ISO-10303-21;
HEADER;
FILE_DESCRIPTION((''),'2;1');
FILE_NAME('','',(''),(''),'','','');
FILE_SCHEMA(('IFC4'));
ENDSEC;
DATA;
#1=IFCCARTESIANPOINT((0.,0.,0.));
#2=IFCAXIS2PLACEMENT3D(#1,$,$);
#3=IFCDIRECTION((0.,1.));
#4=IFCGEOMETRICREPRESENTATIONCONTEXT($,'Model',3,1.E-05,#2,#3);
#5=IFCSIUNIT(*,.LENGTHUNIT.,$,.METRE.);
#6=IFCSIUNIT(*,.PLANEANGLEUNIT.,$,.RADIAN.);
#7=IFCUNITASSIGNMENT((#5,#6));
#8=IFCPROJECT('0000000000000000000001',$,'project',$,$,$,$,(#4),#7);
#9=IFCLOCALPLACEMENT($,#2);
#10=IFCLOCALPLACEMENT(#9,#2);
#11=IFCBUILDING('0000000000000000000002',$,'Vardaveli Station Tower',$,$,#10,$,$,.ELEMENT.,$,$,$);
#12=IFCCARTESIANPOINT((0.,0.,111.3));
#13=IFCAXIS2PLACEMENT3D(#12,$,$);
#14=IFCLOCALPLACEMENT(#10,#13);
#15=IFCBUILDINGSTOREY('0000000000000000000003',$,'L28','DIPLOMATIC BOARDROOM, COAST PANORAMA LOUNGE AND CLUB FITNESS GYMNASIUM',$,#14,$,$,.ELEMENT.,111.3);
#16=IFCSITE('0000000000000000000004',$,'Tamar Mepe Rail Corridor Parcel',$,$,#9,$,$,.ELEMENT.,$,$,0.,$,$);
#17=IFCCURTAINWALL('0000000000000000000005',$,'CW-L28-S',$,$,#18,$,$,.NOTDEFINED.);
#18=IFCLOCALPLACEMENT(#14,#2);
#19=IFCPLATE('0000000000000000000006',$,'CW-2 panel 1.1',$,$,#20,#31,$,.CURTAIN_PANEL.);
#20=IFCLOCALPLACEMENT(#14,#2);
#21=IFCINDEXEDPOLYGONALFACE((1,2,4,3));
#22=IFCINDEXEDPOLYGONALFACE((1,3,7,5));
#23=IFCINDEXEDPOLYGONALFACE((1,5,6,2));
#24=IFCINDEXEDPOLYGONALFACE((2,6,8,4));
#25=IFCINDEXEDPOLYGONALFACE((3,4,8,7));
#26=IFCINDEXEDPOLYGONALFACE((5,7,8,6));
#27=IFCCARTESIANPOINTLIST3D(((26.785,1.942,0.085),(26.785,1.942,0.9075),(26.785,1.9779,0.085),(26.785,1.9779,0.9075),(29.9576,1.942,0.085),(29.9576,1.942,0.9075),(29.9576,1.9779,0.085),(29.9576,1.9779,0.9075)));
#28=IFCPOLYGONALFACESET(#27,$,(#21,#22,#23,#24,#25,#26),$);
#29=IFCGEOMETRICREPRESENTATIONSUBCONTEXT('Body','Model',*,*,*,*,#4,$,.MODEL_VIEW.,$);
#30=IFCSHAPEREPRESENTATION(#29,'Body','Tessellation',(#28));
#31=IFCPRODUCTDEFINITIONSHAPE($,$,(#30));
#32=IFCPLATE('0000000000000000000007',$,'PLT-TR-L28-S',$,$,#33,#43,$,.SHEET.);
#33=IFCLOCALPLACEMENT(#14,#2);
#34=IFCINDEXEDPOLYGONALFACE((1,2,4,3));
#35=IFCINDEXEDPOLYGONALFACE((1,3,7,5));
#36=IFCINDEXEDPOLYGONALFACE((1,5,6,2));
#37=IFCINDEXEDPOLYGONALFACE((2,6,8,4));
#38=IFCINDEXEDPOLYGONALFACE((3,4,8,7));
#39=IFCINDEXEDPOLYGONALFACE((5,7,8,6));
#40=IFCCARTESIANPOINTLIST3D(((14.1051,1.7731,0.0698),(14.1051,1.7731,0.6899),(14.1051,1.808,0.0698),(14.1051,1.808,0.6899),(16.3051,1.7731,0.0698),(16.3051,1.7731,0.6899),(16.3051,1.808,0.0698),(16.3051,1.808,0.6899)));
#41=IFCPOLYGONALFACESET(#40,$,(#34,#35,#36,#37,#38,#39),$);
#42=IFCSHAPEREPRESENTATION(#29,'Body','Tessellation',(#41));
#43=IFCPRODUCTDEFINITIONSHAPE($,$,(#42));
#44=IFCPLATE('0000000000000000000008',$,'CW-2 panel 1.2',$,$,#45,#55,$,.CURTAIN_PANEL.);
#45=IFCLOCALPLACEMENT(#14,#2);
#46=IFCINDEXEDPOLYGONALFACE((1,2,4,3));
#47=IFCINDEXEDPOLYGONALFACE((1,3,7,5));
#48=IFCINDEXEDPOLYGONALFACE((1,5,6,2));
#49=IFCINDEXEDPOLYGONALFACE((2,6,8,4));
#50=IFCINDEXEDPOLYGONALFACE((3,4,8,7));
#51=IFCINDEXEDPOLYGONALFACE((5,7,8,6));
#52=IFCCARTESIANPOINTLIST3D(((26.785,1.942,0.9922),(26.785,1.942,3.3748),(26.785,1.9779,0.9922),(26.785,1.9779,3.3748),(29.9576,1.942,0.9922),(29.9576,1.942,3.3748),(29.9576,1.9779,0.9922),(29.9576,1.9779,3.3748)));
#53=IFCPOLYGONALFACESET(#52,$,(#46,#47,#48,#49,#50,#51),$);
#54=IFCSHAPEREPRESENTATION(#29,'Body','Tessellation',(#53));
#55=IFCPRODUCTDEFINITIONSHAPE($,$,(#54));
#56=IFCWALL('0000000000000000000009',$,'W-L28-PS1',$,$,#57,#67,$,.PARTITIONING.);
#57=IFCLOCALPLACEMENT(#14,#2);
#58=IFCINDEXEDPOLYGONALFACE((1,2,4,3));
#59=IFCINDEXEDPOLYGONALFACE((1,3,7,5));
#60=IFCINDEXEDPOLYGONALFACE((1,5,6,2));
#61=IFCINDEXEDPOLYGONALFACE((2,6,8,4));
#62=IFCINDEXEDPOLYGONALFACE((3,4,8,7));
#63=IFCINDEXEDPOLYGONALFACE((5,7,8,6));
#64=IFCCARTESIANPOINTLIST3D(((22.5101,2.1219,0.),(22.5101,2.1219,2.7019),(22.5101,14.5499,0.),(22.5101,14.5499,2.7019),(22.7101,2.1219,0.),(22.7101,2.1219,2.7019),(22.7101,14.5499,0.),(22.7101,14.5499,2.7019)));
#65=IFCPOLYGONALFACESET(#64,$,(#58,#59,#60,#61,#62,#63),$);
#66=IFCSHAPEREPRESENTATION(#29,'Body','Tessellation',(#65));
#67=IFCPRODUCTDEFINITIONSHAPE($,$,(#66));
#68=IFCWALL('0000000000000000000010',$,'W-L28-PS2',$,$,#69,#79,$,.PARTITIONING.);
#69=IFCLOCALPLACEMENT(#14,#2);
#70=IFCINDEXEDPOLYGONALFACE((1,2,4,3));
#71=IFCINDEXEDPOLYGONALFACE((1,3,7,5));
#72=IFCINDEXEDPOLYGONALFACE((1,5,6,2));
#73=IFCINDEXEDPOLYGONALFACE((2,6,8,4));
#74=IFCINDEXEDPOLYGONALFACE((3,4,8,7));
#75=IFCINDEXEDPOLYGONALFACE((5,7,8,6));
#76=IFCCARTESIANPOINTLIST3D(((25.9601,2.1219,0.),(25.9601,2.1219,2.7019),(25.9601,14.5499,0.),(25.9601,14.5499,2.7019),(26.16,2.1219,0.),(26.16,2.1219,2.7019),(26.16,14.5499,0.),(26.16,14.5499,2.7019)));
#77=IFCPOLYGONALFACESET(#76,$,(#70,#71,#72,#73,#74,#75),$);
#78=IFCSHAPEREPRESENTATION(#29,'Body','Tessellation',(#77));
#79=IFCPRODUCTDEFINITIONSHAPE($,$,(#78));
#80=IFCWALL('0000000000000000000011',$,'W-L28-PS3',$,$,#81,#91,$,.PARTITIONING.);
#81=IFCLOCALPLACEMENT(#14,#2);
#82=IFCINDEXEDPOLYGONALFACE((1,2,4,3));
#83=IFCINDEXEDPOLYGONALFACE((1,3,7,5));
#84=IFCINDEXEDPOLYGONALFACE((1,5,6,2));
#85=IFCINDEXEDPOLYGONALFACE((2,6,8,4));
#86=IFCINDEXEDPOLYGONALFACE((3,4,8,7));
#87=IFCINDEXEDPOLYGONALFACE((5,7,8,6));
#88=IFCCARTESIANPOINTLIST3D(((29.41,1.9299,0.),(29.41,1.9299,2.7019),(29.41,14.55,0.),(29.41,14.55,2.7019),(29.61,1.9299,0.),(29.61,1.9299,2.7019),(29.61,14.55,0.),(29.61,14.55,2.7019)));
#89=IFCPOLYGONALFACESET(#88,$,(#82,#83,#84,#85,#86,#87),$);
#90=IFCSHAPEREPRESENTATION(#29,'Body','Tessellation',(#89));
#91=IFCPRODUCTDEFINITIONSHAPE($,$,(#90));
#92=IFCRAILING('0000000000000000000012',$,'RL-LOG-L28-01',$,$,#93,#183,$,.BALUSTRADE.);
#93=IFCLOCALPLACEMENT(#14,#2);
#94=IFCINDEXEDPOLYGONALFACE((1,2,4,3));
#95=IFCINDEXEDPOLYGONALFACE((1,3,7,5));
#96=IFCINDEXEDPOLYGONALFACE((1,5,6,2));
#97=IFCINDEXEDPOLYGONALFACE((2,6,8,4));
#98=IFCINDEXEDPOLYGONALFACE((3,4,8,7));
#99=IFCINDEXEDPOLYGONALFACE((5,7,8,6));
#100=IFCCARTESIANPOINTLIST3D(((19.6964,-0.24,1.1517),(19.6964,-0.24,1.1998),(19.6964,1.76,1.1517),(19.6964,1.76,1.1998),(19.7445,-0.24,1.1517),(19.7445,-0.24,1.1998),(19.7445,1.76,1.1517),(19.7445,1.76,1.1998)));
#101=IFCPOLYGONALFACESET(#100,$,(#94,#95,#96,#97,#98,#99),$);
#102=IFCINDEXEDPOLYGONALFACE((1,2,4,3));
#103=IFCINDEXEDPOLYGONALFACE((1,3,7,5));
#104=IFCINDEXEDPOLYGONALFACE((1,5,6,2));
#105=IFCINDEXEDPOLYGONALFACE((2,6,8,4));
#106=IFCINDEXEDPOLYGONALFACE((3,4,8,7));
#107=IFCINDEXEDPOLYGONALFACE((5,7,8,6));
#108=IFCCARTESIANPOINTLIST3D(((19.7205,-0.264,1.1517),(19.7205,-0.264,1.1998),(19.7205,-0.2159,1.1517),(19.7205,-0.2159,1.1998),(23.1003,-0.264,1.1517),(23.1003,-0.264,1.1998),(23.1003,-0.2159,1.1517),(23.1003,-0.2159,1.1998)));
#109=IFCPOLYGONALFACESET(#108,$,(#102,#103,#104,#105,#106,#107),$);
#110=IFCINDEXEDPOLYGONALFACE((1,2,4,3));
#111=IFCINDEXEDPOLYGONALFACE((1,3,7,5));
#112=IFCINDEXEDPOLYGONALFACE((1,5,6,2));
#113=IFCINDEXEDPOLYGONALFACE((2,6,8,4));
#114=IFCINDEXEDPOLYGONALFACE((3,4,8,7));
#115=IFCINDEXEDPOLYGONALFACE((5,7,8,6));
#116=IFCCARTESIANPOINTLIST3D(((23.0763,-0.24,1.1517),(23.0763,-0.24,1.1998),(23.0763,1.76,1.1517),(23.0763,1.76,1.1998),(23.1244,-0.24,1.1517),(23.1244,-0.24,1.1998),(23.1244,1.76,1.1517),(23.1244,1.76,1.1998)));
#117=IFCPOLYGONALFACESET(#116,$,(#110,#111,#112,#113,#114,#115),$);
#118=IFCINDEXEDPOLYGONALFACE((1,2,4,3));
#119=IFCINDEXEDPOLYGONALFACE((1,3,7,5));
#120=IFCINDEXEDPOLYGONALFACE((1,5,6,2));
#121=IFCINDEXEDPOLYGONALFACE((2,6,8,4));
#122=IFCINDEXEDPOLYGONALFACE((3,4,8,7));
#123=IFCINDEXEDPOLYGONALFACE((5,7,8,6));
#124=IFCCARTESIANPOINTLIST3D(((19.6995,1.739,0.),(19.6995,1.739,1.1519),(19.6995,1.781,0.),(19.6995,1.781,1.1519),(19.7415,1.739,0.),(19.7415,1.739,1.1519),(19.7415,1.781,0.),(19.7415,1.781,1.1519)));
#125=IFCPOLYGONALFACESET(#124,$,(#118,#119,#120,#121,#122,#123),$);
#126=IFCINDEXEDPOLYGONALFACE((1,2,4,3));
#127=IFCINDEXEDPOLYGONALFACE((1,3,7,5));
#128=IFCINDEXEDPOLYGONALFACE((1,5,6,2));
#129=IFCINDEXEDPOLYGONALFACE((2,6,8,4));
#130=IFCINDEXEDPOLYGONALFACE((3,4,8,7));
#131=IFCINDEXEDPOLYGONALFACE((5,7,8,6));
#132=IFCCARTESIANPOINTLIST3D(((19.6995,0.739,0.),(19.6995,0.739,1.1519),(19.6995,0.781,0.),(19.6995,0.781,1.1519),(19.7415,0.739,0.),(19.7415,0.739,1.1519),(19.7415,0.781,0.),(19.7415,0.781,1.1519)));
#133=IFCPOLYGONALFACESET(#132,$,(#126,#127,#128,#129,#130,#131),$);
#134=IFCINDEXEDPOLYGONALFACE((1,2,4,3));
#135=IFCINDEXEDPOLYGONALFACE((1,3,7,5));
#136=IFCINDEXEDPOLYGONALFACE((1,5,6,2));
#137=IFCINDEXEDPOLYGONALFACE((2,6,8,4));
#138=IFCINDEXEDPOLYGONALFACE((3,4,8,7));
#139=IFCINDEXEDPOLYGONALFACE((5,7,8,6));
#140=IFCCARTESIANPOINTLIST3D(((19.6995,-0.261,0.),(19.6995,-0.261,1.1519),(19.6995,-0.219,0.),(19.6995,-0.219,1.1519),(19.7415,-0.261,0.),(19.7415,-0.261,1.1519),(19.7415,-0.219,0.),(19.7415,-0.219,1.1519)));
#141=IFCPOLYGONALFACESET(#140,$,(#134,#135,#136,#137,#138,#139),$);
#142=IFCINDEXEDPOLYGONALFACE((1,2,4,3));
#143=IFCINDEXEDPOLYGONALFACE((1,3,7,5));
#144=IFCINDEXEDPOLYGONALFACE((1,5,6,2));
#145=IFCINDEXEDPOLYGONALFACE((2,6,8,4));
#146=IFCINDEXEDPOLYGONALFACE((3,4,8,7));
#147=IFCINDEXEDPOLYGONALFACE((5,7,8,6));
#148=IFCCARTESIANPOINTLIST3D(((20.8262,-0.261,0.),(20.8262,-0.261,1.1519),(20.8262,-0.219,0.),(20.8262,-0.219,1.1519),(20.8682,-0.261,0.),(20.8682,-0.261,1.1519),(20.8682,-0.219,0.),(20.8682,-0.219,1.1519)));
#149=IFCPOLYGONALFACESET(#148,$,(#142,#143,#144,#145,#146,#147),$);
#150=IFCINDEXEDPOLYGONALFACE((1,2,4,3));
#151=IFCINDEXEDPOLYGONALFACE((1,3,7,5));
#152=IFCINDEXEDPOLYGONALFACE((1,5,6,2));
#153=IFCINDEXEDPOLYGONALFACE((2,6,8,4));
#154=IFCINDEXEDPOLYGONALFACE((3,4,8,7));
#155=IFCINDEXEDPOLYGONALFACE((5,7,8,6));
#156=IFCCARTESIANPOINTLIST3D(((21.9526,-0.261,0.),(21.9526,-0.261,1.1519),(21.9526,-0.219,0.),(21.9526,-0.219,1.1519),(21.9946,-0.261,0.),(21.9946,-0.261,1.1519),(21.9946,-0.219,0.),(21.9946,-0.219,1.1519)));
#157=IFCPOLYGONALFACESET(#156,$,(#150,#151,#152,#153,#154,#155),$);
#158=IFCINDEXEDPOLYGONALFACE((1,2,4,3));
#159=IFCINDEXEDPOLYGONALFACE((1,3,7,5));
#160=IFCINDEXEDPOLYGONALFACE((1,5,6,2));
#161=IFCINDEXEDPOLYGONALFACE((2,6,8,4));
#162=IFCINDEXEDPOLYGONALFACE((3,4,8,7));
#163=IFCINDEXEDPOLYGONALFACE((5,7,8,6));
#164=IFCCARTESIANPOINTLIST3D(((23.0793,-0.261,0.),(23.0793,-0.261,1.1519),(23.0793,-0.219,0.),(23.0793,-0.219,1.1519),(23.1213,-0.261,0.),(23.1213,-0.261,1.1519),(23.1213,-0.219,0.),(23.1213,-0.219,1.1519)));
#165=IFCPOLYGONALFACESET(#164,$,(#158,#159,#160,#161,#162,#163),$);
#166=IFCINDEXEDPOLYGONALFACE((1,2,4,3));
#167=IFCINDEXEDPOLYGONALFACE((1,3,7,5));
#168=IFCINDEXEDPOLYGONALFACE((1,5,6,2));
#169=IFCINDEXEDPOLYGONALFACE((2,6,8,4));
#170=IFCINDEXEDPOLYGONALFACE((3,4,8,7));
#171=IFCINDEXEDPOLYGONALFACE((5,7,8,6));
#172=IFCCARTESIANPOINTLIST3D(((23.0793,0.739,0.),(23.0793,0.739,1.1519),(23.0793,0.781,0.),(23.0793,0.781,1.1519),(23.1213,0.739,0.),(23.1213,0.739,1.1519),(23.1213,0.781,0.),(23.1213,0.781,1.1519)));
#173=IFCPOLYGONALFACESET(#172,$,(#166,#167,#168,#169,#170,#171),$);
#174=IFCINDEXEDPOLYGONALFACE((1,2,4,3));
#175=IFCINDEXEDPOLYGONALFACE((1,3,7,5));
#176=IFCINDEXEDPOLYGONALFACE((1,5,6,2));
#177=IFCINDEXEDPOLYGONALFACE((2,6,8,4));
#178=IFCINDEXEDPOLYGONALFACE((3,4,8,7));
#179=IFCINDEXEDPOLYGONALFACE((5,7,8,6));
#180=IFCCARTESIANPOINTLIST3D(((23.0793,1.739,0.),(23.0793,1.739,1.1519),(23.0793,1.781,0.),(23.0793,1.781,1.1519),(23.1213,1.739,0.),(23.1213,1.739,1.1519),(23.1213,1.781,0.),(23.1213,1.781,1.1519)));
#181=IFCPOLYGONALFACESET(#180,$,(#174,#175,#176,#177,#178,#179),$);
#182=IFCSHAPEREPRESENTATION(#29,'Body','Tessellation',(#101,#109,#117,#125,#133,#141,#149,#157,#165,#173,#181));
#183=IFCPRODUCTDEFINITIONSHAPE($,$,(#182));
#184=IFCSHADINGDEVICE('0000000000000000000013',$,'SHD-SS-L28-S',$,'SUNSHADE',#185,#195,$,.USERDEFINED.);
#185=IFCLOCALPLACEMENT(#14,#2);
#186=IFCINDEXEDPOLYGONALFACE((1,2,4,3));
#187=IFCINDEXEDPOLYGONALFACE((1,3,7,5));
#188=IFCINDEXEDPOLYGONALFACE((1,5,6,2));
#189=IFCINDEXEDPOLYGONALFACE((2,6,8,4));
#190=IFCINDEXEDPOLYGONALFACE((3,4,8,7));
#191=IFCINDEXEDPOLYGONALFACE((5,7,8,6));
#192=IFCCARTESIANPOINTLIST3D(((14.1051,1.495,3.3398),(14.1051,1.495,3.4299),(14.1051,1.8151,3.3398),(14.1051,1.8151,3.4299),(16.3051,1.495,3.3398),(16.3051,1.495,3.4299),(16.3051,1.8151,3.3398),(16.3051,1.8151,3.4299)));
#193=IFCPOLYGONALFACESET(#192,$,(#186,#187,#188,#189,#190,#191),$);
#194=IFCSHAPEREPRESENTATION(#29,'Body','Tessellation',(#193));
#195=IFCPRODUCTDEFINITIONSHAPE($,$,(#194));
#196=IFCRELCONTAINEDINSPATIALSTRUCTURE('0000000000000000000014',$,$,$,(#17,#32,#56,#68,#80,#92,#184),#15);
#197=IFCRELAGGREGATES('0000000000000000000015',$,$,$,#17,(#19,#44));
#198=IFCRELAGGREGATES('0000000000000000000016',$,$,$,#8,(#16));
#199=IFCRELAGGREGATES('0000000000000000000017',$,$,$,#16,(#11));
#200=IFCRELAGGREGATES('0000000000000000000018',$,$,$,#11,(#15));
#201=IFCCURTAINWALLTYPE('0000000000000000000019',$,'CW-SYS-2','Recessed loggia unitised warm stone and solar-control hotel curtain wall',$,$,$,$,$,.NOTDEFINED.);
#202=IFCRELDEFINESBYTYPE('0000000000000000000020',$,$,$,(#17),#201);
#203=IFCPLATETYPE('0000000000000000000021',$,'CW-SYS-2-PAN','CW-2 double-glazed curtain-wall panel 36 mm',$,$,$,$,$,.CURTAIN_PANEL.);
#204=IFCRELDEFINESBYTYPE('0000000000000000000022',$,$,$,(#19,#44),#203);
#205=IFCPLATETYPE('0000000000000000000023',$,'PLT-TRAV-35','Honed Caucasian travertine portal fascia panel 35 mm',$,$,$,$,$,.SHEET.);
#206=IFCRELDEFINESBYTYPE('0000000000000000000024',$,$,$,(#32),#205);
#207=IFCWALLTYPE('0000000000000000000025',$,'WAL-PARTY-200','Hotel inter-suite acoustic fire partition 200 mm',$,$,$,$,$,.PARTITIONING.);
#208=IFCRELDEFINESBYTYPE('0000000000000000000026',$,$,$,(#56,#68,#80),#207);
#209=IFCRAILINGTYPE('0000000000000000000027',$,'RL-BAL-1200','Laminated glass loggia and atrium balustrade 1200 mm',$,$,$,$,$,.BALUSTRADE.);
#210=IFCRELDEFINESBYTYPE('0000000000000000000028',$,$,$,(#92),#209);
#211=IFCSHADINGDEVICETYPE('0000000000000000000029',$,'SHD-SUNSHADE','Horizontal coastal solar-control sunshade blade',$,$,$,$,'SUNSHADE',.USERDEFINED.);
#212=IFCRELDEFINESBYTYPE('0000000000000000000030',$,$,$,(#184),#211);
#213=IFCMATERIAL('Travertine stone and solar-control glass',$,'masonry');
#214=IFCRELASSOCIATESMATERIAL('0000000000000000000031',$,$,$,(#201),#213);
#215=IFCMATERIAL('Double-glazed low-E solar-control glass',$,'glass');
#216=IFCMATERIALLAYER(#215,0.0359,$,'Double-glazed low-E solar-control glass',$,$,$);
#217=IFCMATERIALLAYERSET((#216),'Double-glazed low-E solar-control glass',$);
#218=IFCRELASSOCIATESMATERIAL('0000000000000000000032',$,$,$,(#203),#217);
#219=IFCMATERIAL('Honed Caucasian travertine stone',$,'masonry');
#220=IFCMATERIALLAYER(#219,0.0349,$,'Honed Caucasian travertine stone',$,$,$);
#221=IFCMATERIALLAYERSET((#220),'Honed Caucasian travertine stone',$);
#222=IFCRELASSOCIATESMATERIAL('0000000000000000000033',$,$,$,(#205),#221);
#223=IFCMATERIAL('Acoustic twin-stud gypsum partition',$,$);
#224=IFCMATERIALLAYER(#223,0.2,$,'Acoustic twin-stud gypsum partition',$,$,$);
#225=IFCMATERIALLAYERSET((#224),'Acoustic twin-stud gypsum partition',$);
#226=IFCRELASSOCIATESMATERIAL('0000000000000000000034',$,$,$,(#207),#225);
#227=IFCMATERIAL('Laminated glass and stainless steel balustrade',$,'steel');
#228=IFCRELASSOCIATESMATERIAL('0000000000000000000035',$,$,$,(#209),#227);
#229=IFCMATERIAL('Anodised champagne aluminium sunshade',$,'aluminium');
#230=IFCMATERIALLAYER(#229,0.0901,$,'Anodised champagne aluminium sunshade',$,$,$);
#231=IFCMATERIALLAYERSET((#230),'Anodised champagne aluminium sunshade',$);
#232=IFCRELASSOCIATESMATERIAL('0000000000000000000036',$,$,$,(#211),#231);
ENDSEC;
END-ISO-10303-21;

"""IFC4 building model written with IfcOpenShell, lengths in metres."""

from ifc_helpers import new_model, si_unit, direction, frame, frame_2d, origin, origin_2d, place, context, subcontext, project, spatial, rectangle, extrude, source, transform, mapped, material, layer, layer_set, type_object, element, aggregate, save


model = new_model("IFC4")

# Units and contexts
model_context = context("Model", 3, precision=1e-05, world=origin(), true_north=direction((0.0, 1.0)))
body_context = subcontext(model_context, "Body", "Model", "MODEL_VIEW")
ifc_project = project(units=[si_unit("LENGTHUNIT", "METRE"), si_unit("PLANEANGLEUNIT", "RADIAN")], contexts=[model_context])

# Site, building, storey
site_placement = place(None, origin())
site = spatial("IfcSite", under=ifc_project, at=site_placement, Name="Tamar Mepe Rail Corridor Parcel", CompositionType="ELEMENT", RefElevation=0.0)
building_placement = place(site_placement, origin())
building = spatial("IfcBuilding", under=site, at=building_placement, Name="Vardaveli Station Tower", CompositionType="ELEMENT")
storey_placement = place(building_placement, frame((0.0, 0.0, 111.3)))
storey = spatial("IfcBuildingStorey", under=building, at=storey_placement, Name="L28", Description="DIPLOMATIC BOARDROOM, COAST PANORAMA LOUNGE AND CLUB FITNESS GYMNASIUM", CompositionType="ELEMENT", Elevation=111.3)

# Curtain wall, plate
ifc_material_1 = material(Name="Travertine stone and solar-control glass", Category="masonry")
curtain_wall_type = type_object("IfcCurtainWallType", Name="CW-SYS-2", Description="Recessed loggia unitised warm stone and solar-control hotel curtain wall", PredefinedType="NOTDEFINED", material=ifc_material_1)
curtain_wall_placement = place(storey_placement, origin())
curtain_wall = element("IfcCurtainWall", 1, at=curtain_wall_placement, inside=storey, type_object=curtain_wall_type, Name="CW-L28-S", PredefinedType="NOTDEFINED")
ifc_material_2 = material(Name="Double-glazed low-E solar-control glass", Category="glass")
ifc_layer_1 = layer(ifc_material_2, 0.0359, Name="Double-glazed low-E solar-control glass")
ifc_layer_set_1 = layer_set([ifc_layer_1], Name="Double-glazed low-E solar-control glass")
plate_type_1 = type_object("IfcPlateType", Name="CW-SYS-2-PAN", Description="CW-2 double-glazed curtain-wall panel 36 mm", PredefinedType="CURTAIN_PANEL", material=ifc_layer_set_1)
shared_shape_1 = source(origin(), body_context, "Body", "SweptSolid", [
    extrude(rectangle(XDim=3.1726, YDim=0.0359, at=origin_2d()), origin(), (0.0, 0.0, 1.0), 0.8225),
])
plate_1_placement = place(storey_placement, frame((28.3713, 1.96, 0.085), z_axis=(0.0, 0.0, 1.0), x_axis=(1.0, 0.0, 0.0)))
plate_1 = element("IfcPlate", 2, at=plate_1_placement, type_object=plate_type_1, Name="CW-2 panel 1.1", PredefinedType="CURTAIN_PANEL", context=body_context, shape_type="MappedRepresentation", body=[
    mapped(shared_shape_1, transform((0.0, 0.0, 0.0), scale=1.0)),
])

# Plates
ifc_material_3 = material(Name="Honed Caucasian travertine stone", Category="masonry")
ifc_layer_2 = layer(ifc_material_3, 0.0349, Name="Honed Caucasian travertine stone")
ifc_layer_set_2 = layer_set([ifc_layer_2], Name="Honed Caucasian travertine stone")
plate_type_2 = type_object("IfcPlateType", Name="PLT-TRAV-35", Description="Honed Caucasian travertine portal fascia panel 35 mm", PredefinedType="SHEET", material=ifc_layer_set_2)
shared_shape_2 = source(origin(), body_context, "Body", "SweptSolid", [
    extrude(rectangle(XDim=2.2, YDim=0.0349, at=origin_2d()), origin(), (0.0, 0.0, 1.0), 0.6201),
])
plate_2_placement = place(storey_placement, frame((15.2051, 1.7905, 0.0698), z_axis=(0.0, 0.0, 1.0), x_axis=(1.0, 0.0, 0.0)))
element("IfcPlate", 3, at=plate_2_placement, inside=storey, type_object=plate_type_2, Name="PLT-TR-L28-S", PredefinedType="SHEET", context=body_context, shape_type="MappedRepresentation", body=[
    mapped(shared_shape_2, transform((0.0, 0.0, 0.0), scale=1.0)),
])
shared_shape_3 = source(origin(), body_context, "Body", "SweptSolid", [
    extrude(rectangle(XDim=3.1726, YDim=0.0359, at=origin_2d()), origin(), (0.0, 0.0, 1.0), 2.3826),
])
plate_3_placement = place(storey_placement, frame((28.3713, 1.96, 0.9922), z_axis=(0.0, 0.0, 1.0), x_axis=(1.0, 0.0, 0.0)))
plate_3 = element("IfcPlate", 4, at=plate_3_placement, type_object=plate_type_1, Name="CW-2 panel 1.2", PredefinedType="CURTAIN_PANEL", context=body_context, shape_type="MappedRepresentation", body=[
    mapped(shared_shape_3, transform((0.0, 0.0, 0.0), scale=1.0)),
])
aggregate(curtain_wall, [plate_1, plate_3])

# Walls
ifc_material_4 = material(Name="Acoustic twin-stud gypsum partition")
ifc_layer_3 = layer(ifc_material_4, 0.2, Name="Acoustic twin-stud gypsum partition")
ifc_layer_set_3 = layer_set([ifc_layer_3], Name="Acoustic twin-stud gypsum partition")
wall_type = type_object("IfcWallType", Name="WAL-PARTY-200", Description="Hotel inter-suite acoustic fire partition 200 mm", PredefinedType="PARTITIONING", material=ifc_layer_set_3)
shared_shape_4 = source(origin(), body_context, "Body", "SweptSolid", [
    extrude(rectangle(XDim=12.428, YDim=0.2, at=frame_2d((6.2139, 0.0))), origin(), (0.0, 0.0, 1.0), 2.7019),
])
for number, where, z_axis, x_axis, name in (
    (5, (22.6101, 2.1221, 0.0), (0.0, 0.0, 1.0), (0.0, 1.0, 0.0), "W-L28-PS1"),
    (6, (26.0601, 2.1221, 0.0), (0.0, 0.0, 1.0), (0.0, 1.0, 0.0), "W-L28-PS2"),
):
    element("IfcWall", number, at=place(storey_placement, frame(where, z_axis=z_axis, x_axis=x_axis)), inside=storey, type_object=wall_type, Name=name, PredefinedType="PARTITIONING", context=body_context, shape_type="MappedRepresentation", body=[
        mapped(shared_shape_4, transform((0.0, 0.0, 0.0), scale=1.0)),
    ])
shared_shape_5 = source(origin(), body_context, "Body", "SweptSolid", [
    extrude(rectangle(XDim=12.6201, YDim=0.2, at=frame_2d((6.3101, 0.0))), origin(), (0.0, 0.0, 1.0), 2.7019),
])
wall_placement = place(storey_placement, frame((29.51, 1.9299, 0.0), z_axis=(0.0, 0.0, 1.0), x_axis=(0.0, 1.0, 0.0)))
element("IfcWall", 7, at=wall_placement, inside=storey, type_object=wall_type, Name="W-L28-PS3", PredefinedType="PARTITIONING", context=body_context, shape_type="MappedRepresentation", body=[
    mapped(shared_shape_5, transform((0.0, 0.0, 0.0), scale=1.0)),
])

# Railing
ifc_material_5 = material(Name="Laminated glass and stainless steel balustrade", Category="steel")
railing_type = type_object("IfcRailingType", Name="RL-BAL-1200", Description="Laminated glass loggia and atrium balustrade 1200 mm", PredefinedType="BALUSTRADE", material=ifc_material_5)
shared_shape_6 = source(origin(), body_context, "Body", "SweptSolid", [
    extrude(rectangle(XDim=0.0481, YDim=0.0481, at=origin_2d()), frame((0.0, 0.0, 1.1758), z_axis=(0.0, -1.0, 0.0), x_axis=(1.0, 0.0, 0.0)), (0.0, 0.0, 1.0), 2.0),
    extrude(rectangle(XDim=0.0481, YDim=0.0481, at=origin_2d()), frame((0.0, -2.0, 1.1758), z_axis=(1.0, 0.0, 0.0), x_axis=(0.0, 1.0, 0.0)), (0.0, 0.0, 1.0), 3.3799),
    extrude(rectangle(XDim=0.0481, YDim=0.0481, at=origin_2d()), frame((3.3799, -2.0, 1.1758), z_axis=(0.0, 1.0, 0.0), x_axis=(-1.0, 0.0, 0.0)), (0.0, 0.0, 1.0), 2.0),
    extrude(rectangle(XDim=0.042, YDim=0.042, at=origin_2d()), origin(), (0.0, 0.0, 1.0), 1.1519),
    extrude(rectangle(XDim=0.042, YDim=0.042, at=origin_2d()), frame((0.0, -1.0, 0.0)), (0.0, 0.0, 1.0), 1.1519),
    extrude(rectangle(XDim=0.042, YDim=0.042, at=origin_2d()), frame((0.0, -2.0, 0.0)), (0.0, 0.0, 1.0), 1.1519),
    extrude(rectangle(XDim=0.042, YDim=0.042, at=origin_2d()), frame((1.1267, -2.0, 0.0)), (0.0, 0.0, 1.0), 1.1519),
    extrude(rectangle(XDim=0.042, YDim=0.042, at=origin_2d()), frame((2.2532, -2.0, 0.0)), (0.0, 0.0, 1.0), 1.1519),
    extrude(rectangle(XDim=0.042, YDim=0.042, at=origin_2d()), frame((3.3799, -2.0, 0.0)), (0.0, 0.0, 1.0), 1.1519),
    extrude(rectangle(XDim=0.042, YDim=0.042, at=origin_2d()), frame((3.3799, -1.0, 0.0)), (0.0, 0.0, 1.0), 1.1519),
    extrude(rectangle(XDim=0.042, YDim=0.042, at=origin_2d()), frame((3.3799, 0.0, 0.0)), (0.0, 0.0, 1.0), 1.1519),
])
railing_placement = place(storey_placement, frame((19.7205, 1.76, 0.0)))
element("IfcRailing", 8, at=railing_placement, inside=storey, type_object=railing_type, Name="RL-LOG-L28-01", PredefinedType="BALUSTRADE", context=body_context, shape_type="MappedRepresentation", body=[
    mapped(shared_shape_6, transform((0.0, 0.0, 0.0), scale=1.0)),
])

# Shading device
ifc_material_6 = material(Name="Anodised champagne aluminium sunshade", Category="aluminium")
ifc_layer_4 = layer(ifc_material_6, 0.0901, Name="Anodised champagne aluminium sunshade")
ifc_layer_set_4 = layer_set([ifc_layer_4], Name="Anodised champagne aluminium sunshade")
shading_device_type = type_object("IfcShadingDeviceType", Name="SHD-SUNSHADE", Description="Horizontal coastal solar-control sunshade blade", ElementType="SUNSHADE", PredefinedType="USERDEFINED", material=ifc_layer_set_4)
shared_shape_7 = source(origin(), body_context, "Body", "SweptSolid", [
    extrude(rectangle(XDim=2.2, YDim=0.3201, at=origin_2d()), origin(), (0.0, 0.0, 1.0), 0.0901),
])
shading_device_placement = place(storey_placement, frame((15.2051, 1.655, 3.3398), z_axis=(0.0, 0.0, 1.0), x_axis=(1.0, 0.0, 0.0)))
element("IfcShadingDevice", 9, at=shading_device_placement, inside=storey, type_object=shading_device_type, Name="SHD-SS-L28-S", ObjectType="SUNSHADE", PredefinedType="USERDEFINED", context=body_context, shape_type="MappedRepresentation", body=[
    mapped(shared_shape_7, transform((0.0, 0.0, 0.0), scale=1.0)),
])

save(model, "model.ifc")
